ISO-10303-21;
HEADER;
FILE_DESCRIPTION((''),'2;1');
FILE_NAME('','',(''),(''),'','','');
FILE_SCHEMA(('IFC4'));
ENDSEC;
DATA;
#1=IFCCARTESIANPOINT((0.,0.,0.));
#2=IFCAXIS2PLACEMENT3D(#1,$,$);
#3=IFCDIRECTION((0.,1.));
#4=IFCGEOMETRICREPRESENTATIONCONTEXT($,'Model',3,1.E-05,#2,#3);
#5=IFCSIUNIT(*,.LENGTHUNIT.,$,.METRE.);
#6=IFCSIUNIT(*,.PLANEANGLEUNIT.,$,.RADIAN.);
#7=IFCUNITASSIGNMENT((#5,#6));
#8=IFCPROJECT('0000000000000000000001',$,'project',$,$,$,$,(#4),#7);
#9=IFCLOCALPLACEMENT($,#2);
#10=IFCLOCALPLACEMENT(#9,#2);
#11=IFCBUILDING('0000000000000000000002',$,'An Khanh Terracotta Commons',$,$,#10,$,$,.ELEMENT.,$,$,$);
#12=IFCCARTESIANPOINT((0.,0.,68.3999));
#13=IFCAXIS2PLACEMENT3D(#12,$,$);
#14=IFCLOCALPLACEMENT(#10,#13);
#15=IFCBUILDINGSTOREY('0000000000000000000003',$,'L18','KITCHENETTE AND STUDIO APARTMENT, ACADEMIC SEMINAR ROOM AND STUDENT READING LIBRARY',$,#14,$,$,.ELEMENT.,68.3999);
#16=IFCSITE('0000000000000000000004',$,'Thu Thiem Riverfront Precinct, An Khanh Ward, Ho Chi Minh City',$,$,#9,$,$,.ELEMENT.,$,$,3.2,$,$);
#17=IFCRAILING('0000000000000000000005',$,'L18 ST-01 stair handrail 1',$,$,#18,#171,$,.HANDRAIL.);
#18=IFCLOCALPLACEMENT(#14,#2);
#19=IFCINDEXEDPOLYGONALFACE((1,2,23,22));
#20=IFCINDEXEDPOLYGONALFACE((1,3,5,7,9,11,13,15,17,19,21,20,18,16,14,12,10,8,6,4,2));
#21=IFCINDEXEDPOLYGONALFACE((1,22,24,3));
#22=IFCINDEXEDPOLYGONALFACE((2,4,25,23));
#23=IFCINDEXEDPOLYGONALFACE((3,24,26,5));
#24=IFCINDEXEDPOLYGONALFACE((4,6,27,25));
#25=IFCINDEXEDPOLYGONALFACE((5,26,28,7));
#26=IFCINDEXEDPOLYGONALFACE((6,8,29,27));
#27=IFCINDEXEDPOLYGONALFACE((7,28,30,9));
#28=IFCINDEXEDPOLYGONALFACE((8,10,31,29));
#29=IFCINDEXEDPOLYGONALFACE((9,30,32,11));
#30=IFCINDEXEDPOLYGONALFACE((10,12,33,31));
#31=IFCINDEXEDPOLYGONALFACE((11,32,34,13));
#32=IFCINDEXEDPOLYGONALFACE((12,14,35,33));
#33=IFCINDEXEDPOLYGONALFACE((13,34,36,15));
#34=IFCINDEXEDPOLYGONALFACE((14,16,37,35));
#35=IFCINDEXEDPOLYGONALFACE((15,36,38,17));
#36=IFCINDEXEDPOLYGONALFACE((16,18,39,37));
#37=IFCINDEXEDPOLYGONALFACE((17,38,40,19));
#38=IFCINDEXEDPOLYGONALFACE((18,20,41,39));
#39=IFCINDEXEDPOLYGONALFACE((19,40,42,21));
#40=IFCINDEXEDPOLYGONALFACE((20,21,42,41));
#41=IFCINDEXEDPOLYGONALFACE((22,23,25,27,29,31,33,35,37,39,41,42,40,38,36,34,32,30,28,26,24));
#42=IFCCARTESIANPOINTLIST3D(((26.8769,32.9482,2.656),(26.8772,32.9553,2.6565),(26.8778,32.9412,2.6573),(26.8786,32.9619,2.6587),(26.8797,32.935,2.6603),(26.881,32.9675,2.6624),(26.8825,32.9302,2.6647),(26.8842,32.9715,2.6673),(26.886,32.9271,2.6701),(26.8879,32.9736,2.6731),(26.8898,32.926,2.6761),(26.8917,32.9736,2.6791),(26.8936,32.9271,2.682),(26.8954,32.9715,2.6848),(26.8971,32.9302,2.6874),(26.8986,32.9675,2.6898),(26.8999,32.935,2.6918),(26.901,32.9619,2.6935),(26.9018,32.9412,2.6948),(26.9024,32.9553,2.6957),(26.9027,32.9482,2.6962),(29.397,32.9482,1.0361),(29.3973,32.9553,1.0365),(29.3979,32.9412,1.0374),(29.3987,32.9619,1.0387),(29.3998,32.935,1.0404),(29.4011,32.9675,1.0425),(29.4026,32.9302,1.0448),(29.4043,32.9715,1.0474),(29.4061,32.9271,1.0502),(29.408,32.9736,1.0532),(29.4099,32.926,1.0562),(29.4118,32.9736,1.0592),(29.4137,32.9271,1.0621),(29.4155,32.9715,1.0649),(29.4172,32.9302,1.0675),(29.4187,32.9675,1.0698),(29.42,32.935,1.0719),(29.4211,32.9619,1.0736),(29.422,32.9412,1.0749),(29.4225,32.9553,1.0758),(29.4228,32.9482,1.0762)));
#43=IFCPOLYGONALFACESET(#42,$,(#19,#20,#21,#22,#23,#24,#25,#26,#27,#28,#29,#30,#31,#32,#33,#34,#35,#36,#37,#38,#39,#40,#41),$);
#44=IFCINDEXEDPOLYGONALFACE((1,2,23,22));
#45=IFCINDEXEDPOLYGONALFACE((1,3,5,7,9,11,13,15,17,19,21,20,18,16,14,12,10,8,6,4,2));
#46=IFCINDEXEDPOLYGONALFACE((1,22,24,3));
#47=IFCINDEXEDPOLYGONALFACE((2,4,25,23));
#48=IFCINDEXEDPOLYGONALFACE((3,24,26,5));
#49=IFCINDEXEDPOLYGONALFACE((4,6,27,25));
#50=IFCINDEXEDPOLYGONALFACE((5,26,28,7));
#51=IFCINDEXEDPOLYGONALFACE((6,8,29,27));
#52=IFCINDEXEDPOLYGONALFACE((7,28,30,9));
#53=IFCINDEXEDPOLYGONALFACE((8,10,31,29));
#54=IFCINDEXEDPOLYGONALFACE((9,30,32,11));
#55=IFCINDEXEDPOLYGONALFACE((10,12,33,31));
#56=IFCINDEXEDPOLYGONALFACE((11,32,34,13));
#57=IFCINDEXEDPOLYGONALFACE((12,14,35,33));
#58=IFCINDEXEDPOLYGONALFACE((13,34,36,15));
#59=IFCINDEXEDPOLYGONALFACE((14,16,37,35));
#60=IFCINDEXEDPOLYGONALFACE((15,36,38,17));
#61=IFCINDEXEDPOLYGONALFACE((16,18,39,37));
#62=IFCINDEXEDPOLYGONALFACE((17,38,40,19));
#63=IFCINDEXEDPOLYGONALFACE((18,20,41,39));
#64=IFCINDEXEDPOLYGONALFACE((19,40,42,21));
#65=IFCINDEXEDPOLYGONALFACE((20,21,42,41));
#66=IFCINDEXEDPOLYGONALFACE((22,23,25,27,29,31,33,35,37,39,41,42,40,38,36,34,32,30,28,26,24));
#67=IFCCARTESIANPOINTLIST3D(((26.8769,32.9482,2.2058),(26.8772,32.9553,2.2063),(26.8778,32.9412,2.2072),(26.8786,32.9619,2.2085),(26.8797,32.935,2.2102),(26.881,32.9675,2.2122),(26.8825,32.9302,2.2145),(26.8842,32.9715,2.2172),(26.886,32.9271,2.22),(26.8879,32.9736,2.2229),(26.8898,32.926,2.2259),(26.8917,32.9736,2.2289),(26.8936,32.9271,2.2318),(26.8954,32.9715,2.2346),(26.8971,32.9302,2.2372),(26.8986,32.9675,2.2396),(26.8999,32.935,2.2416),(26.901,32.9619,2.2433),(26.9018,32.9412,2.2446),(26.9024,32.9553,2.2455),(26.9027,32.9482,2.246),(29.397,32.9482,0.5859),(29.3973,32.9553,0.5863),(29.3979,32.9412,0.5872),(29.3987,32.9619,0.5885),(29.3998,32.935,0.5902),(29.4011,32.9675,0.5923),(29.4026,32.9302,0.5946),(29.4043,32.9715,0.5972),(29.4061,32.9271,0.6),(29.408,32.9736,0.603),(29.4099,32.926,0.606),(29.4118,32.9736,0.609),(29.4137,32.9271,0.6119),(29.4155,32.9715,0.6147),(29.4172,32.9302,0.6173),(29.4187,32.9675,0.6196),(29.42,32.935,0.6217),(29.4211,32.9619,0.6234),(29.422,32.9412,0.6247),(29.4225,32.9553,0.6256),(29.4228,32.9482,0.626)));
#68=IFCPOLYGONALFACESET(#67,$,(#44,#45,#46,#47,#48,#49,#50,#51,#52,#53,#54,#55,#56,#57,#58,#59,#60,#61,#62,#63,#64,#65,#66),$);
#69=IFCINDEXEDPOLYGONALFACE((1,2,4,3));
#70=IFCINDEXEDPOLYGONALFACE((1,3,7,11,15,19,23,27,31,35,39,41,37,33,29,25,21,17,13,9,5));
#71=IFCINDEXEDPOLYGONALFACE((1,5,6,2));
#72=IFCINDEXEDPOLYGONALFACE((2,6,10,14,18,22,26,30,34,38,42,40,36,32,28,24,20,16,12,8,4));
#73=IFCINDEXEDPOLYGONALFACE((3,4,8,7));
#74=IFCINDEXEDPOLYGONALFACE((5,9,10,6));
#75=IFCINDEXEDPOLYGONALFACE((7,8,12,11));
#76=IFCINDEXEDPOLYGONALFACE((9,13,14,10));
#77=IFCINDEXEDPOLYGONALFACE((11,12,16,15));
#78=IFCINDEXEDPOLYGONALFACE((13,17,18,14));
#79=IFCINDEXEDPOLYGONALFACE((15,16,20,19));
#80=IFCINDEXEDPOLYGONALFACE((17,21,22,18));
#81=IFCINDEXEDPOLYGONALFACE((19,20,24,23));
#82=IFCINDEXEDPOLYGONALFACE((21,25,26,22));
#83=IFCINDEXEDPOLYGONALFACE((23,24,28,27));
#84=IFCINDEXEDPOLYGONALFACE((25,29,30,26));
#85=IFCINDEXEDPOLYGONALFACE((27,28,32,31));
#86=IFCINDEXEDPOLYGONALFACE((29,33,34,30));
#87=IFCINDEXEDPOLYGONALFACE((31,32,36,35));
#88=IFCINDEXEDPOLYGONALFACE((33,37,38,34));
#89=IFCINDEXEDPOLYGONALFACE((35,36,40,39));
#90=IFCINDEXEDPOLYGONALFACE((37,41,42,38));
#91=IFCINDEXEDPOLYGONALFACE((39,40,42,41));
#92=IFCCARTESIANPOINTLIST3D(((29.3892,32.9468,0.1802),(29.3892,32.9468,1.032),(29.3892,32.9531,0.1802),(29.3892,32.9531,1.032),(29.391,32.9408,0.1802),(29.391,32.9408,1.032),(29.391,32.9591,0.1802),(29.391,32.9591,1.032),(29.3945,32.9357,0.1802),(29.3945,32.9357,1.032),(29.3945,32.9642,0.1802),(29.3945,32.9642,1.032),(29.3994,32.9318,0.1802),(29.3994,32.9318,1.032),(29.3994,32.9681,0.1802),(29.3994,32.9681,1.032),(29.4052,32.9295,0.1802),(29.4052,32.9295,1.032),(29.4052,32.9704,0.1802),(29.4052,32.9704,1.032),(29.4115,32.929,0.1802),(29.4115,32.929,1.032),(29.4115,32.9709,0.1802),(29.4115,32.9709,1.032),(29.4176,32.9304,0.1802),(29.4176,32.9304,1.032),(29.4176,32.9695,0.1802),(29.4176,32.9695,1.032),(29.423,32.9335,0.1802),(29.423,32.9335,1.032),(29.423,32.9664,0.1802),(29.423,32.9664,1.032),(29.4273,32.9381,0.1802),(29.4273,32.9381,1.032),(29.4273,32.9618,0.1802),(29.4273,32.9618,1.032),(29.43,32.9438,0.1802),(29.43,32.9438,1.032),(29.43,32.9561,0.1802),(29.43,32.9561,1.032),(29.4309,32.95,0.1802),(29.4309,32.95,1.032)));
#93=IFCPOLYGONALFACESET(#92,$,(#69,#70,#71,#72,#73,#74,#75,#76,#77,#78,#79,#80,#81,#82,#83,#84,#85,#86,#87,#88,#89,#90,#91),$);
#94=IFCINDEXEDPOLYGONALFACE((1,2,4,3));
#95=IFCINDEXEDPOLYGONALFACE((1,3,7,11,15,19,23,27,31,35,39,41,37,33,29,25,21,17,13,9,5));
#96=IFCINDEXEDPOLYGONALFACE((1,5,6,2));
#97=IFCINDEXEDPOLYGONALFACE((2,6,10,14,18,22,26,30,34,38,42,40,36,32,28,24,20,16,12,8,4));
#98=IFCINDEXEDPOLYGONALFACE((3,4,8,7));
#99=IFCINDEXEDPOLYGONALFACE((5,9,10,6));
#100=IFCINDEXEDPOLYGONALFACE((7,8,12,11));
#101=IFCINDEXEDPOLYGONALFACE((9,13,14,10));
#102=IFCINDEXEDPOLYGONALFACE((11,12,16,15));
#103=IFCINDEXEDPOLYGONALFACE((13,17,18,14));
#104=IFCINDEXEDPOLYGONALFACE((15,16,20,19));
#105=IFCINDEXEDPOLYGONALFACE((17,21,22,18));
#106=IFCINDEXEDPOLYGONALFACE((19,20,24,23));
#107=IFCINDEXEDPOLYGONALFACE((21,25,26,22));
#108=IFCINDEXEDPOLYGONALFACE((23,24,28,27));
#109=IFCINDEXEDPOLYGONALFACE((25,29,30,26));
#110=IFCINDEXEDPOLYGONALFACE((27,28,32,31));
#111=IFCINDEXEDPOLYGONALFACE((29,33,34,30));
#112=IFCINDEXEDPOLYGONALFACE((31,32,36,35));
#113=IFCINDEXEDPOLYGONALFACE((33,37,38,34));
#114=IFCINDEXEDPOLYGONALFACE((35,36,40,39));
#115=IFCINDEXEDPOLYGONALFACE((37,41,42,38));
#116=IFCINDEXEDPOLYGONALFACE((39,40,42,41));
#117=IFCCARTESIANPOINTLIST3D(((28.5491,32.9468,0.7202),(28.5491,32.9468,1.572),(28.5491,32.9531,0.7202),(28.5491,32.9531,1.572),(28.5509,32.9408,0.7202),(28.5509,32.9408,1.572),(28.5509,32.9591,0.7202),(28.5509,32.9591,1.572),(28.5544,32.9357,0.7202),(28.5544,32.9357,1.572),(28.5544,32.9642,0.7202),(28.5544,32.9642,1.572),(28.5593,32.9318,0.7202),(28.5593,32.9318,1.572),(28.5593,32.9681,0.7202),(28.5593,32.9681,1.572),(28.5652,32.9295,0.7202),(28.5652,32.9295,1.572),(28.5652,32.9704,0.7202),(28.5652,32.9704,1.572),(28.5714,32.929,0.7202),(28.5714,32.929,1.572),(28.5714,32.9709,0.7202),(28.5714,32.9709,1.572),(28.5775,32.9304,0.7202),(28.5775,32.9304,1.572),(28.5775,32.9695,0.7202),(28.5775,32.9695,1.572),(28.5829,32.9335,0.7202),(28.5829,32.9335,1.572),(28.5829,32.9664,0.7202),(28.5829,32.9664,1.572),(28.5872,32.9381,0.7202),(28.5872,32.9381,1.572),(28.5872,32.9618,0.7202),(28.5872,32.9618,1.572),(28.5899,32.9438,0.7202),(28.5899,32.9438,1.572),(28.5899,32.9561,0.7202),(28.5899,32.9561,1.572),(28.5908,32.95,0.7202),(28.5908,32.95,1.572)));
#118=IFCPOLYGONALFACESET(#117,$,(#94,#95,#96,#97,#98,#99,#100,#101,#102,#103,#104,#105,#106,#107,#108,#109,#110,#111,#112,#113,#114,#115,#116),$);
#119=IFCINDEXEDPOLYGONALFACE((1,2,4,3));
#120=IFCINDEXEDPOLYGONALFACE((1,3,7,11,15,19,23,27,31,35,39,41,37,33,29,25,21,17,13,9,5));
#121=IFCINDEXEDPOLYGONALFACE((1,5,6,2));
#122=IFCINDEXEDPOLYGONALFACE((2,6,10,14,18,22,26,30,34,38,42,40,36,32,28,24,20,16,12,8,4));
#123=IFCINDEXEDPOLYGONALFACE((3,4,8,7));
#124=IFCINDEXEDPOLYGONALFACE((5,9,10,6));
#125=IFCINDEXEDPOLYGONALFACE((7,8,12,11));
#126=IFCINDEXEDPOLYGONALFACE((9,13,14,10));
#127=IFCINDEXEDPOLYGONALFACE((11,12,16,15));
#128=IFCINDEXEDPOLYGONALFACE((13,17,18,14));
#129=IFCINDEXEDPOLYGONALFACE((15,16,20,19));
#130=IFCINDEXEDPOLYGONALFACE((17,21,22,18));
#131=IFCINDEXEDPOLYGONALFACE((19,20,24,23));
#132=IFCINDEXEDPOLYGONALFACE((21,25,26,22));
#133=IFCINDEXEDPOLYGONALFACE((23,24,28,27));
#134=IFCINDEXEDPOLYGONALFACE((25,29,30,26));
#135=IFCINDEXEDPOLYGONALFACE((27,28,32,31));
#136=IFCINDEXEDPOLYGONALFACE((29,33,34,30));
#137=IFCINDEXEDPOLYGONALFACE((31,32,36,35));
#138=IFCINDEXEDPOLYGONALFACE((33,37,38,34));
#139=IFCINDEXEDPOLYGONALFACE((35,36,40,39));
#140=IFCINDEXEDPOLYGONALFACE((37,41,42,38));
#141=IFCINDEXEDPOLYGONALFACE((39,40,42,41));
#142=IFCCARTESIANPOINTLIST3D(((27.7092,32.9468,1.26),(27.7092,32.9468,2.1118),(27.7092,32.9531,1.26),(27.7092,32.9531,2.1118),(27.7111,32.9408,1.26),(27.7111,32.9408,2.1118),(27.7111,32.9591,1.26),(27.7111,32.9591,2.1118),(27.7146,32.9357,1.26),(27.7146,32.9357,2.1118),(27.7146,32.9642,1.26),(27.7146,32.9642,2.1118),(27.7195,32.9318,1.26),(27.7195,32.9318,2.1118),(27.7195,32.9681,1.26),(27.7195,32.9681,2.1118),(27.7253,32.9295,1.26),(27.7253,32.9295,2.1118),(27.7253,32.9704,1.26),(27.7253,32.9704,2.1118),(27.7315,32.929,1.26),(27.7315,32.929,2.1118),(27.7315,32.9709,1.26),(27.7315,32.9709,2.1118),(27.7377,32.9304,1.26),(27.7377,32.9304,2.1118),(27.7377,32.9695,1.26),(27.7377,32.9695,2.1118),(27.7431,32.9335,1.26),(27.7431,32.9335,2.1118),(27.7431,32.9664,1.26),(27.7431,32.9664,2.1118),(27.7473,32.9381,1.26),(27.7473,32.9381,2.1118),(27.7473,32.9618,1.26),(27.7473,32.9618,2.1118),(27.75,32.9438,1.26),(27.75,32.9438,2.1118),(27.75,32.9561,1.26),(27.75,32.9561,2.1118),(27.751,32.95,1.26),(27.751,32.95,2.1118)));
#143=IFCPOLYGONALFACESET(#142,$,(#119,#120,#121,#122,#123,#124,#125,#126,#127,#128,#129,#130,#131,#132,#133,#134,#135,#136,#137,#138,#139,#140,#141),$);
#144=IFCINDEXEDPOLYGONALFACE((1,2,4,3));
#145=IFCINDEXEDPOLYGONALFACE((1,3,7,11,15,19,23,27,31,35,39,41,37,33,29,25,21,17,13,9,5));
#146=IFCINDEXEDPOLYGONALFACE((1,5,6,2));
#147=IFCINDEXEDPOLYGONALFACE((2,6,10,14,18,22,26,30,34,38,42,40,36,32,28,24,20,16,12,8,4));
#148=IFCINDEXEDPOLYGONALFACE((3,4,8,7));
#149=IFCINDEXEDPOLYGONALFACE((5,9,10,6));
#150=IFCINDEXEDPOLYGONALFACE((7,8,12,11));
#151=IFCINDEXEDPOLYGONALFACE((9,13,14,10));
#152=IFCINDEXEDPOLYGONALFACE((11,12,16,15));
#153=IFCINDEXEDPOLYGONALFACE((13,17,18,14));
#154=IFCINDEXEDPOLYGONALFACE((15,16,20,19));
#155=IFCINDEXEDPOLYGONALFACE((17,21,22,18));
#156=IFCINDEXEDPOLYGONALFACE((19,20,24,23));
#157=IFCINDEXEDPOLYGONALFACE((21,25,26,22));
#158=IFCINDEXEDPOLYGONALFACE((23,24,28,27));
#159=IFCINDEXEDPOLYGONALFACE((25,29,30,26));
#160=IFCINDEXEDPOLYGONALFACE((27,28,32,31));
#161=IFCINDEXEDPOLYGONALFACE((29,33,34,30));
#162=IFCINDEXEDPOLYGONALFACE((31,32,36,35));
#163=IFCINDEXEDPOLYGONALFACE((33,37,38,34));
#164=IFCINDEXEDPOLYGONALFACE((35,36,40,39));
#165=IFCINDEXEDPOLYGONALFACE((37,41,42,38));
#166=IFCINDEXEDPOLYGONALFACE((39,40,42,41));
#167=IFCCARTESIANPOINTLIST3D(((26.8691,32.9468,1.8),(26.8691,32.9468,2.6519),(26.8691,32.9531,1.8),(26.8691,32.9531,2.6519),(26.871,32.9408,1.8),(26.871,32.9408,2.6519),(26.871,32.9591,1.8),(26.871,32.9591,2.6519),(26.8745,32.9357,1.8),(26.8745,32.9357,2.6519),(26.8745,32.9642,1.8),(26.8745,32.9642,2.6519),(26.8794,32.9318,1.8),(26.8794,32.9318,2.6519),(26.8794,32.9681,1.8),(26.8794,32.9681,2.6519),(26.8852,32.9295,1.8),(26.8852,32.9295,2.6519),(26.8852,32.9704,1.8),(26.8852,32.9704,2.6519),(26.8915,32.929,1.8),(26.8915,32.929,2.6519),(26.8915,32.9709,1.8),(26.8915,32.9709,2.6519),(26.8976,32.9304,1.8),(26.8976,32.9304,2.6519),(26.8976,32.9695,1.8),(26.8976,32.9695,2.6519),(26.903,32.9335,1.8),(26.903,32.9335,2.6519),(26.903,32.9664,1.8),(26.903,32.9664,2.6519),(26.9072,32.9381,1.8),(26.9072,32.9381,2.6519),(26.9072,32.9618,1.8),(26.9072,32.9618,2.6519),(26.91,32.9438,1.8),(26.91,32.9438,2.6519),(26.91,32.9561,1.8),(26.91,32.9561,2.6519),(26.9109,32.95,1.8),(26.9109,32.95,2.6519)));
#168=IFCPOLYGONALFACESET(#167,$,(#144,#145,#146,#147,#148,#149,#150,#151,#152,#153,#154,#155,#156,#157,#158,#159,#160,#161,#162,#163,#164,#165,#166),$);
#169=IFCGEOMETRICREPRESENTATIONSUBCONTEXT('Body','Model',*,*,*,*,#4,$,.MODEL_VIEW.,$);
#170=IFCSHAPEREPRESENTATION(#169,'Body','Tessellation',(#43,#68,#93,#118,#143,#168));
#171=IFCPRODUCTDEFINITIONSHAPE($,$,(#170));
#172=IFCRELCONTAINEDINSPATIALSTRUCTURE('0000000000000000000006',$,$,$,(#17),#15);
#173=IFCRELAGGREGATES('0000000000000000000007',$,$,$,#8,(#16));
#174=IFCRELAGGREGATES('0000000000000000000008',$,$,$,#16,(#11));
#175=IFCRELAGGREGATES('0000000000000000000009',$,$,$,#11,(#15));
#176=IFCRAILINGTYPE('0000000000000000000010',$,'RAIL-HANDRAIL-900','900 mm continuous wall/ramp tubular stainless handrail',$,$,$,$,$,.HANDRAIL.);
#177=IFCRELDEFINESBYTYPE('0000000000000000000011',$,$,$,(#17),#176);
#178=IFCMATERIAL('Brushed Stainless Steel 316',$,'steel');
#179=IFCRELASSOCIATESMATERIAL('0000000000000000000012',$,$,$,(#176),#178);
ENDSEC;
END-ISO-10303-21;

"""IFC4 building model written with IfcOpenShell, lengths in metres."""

from ifc_helpers import new_model, si_unit, direction, frame, origin, origin_2d, place, context, subcontext, project, spatial, circle, extrude, material, type_object, element, save


model = new_model("IFC4")

# Units and contexts
model_context = context("Model", 3, precision=1e-05, world=origin(), true_north=direction((0.0, 1.0)))
body_context = subcontext(model_context, "Body", "Model", "MODEL_VIEW")
ifc_project = project(units=[si_unit("LENGTHUNIT", "METRE"), si_unit("PLANEANGLEUNIT", "RADIAN")], contexts=[model_context])

# Site, building, storey
site_placement = place(None, origin())
site = spatial("IfcSite", under=ifc_project, at=site_placement, Name="Thu Thiem Riverfront Precinct, An Khanh Ward, Ho Chi Minh City", CompositionType="ELEMENT", RefElevation=3.2)
building_placement = place(site_placement, origin())
building = spatial("IfcBuilding", under=site, at=building_placement, Name="An Khanh Terracotta Commons", CompositionType="ELEMENT")
storey_placement = place(building_placement, frame((0.0, 0.0, 68.3999)))
storey = spatial("IfcBuildingStorey", under=building, at=storey_placement, Name="L18", Description="KITCHENETTE AND STUDIO APARTMENT, ACADEMIC SEMINAR ROOM AND STUDENT READING LIBRARY", CompositionType="ELEMENT", Elevation=68.3999)

# Railing
ifc_material_1 = material(Name="Brushed Stainless Steel 316", Category="steel")
railing_type_1 = type_object("IfcRailingType", Name="RAIL-HANDRAIL-900", Description="900 mm continuous wall/ramp tubular stainless handrail", PredefinedType="HANDRAIL", material=ifc_material_1)
railing_1_placement = place(storey_placement, frame((29.4099, 32.95, 0.1802)))
element("IfcRailing", 1, at=railing_1_placement, inside=storey, type_object=railing_type_1, Name="L18 ST-01 stair handrail 1", PredefinedType="HANDRAIL", context=body_context, shape_type="SweptSolid", body=[
    extrude(circle(Radius=0.0239, at=origin_2d()), frame((0.0, 0.0, 0.876), z_axis=(-0.8412, 0.0, 0.540725), x_axis=(0.0, -1.0, 0.0)), (0.0, 0.0, 1.0), 2.9958),
    extrude(circle(Radius=0.0239, at=origin_2d()), frame((0.0, 0.0, 0.4258), z_axis=(-0.8412, 0.0, 0.540725), x_axis=(0.0, -1.0, 0.0)), (0.0, 0.0, 1.0), 2.9958),
    extrude(circle(Radius=0.021, at=origin_2d()), origin(), (0.0, 0.0, 1.0), 0.8518),
    extrude(circle(Radius=0.021, at=origin_2d()), frame((-0.8401, 0.0, 0.54)), (0.0, 0.0, 1.0), 0.8518),
    extrude(circle(Radius=0.021, at=origin_2d()), frame((-1.6799, 0.0, 1.0798)), (0.0, 0.0, 1.0), 0.8518),
    extrude(circle(Radius=0.021, at=origin_2d()), frame((-2.52, 0.0, 1.6199)), (0.0, 0.0, 1.0), 0.8518),
])

save(model, "model.ifc")
